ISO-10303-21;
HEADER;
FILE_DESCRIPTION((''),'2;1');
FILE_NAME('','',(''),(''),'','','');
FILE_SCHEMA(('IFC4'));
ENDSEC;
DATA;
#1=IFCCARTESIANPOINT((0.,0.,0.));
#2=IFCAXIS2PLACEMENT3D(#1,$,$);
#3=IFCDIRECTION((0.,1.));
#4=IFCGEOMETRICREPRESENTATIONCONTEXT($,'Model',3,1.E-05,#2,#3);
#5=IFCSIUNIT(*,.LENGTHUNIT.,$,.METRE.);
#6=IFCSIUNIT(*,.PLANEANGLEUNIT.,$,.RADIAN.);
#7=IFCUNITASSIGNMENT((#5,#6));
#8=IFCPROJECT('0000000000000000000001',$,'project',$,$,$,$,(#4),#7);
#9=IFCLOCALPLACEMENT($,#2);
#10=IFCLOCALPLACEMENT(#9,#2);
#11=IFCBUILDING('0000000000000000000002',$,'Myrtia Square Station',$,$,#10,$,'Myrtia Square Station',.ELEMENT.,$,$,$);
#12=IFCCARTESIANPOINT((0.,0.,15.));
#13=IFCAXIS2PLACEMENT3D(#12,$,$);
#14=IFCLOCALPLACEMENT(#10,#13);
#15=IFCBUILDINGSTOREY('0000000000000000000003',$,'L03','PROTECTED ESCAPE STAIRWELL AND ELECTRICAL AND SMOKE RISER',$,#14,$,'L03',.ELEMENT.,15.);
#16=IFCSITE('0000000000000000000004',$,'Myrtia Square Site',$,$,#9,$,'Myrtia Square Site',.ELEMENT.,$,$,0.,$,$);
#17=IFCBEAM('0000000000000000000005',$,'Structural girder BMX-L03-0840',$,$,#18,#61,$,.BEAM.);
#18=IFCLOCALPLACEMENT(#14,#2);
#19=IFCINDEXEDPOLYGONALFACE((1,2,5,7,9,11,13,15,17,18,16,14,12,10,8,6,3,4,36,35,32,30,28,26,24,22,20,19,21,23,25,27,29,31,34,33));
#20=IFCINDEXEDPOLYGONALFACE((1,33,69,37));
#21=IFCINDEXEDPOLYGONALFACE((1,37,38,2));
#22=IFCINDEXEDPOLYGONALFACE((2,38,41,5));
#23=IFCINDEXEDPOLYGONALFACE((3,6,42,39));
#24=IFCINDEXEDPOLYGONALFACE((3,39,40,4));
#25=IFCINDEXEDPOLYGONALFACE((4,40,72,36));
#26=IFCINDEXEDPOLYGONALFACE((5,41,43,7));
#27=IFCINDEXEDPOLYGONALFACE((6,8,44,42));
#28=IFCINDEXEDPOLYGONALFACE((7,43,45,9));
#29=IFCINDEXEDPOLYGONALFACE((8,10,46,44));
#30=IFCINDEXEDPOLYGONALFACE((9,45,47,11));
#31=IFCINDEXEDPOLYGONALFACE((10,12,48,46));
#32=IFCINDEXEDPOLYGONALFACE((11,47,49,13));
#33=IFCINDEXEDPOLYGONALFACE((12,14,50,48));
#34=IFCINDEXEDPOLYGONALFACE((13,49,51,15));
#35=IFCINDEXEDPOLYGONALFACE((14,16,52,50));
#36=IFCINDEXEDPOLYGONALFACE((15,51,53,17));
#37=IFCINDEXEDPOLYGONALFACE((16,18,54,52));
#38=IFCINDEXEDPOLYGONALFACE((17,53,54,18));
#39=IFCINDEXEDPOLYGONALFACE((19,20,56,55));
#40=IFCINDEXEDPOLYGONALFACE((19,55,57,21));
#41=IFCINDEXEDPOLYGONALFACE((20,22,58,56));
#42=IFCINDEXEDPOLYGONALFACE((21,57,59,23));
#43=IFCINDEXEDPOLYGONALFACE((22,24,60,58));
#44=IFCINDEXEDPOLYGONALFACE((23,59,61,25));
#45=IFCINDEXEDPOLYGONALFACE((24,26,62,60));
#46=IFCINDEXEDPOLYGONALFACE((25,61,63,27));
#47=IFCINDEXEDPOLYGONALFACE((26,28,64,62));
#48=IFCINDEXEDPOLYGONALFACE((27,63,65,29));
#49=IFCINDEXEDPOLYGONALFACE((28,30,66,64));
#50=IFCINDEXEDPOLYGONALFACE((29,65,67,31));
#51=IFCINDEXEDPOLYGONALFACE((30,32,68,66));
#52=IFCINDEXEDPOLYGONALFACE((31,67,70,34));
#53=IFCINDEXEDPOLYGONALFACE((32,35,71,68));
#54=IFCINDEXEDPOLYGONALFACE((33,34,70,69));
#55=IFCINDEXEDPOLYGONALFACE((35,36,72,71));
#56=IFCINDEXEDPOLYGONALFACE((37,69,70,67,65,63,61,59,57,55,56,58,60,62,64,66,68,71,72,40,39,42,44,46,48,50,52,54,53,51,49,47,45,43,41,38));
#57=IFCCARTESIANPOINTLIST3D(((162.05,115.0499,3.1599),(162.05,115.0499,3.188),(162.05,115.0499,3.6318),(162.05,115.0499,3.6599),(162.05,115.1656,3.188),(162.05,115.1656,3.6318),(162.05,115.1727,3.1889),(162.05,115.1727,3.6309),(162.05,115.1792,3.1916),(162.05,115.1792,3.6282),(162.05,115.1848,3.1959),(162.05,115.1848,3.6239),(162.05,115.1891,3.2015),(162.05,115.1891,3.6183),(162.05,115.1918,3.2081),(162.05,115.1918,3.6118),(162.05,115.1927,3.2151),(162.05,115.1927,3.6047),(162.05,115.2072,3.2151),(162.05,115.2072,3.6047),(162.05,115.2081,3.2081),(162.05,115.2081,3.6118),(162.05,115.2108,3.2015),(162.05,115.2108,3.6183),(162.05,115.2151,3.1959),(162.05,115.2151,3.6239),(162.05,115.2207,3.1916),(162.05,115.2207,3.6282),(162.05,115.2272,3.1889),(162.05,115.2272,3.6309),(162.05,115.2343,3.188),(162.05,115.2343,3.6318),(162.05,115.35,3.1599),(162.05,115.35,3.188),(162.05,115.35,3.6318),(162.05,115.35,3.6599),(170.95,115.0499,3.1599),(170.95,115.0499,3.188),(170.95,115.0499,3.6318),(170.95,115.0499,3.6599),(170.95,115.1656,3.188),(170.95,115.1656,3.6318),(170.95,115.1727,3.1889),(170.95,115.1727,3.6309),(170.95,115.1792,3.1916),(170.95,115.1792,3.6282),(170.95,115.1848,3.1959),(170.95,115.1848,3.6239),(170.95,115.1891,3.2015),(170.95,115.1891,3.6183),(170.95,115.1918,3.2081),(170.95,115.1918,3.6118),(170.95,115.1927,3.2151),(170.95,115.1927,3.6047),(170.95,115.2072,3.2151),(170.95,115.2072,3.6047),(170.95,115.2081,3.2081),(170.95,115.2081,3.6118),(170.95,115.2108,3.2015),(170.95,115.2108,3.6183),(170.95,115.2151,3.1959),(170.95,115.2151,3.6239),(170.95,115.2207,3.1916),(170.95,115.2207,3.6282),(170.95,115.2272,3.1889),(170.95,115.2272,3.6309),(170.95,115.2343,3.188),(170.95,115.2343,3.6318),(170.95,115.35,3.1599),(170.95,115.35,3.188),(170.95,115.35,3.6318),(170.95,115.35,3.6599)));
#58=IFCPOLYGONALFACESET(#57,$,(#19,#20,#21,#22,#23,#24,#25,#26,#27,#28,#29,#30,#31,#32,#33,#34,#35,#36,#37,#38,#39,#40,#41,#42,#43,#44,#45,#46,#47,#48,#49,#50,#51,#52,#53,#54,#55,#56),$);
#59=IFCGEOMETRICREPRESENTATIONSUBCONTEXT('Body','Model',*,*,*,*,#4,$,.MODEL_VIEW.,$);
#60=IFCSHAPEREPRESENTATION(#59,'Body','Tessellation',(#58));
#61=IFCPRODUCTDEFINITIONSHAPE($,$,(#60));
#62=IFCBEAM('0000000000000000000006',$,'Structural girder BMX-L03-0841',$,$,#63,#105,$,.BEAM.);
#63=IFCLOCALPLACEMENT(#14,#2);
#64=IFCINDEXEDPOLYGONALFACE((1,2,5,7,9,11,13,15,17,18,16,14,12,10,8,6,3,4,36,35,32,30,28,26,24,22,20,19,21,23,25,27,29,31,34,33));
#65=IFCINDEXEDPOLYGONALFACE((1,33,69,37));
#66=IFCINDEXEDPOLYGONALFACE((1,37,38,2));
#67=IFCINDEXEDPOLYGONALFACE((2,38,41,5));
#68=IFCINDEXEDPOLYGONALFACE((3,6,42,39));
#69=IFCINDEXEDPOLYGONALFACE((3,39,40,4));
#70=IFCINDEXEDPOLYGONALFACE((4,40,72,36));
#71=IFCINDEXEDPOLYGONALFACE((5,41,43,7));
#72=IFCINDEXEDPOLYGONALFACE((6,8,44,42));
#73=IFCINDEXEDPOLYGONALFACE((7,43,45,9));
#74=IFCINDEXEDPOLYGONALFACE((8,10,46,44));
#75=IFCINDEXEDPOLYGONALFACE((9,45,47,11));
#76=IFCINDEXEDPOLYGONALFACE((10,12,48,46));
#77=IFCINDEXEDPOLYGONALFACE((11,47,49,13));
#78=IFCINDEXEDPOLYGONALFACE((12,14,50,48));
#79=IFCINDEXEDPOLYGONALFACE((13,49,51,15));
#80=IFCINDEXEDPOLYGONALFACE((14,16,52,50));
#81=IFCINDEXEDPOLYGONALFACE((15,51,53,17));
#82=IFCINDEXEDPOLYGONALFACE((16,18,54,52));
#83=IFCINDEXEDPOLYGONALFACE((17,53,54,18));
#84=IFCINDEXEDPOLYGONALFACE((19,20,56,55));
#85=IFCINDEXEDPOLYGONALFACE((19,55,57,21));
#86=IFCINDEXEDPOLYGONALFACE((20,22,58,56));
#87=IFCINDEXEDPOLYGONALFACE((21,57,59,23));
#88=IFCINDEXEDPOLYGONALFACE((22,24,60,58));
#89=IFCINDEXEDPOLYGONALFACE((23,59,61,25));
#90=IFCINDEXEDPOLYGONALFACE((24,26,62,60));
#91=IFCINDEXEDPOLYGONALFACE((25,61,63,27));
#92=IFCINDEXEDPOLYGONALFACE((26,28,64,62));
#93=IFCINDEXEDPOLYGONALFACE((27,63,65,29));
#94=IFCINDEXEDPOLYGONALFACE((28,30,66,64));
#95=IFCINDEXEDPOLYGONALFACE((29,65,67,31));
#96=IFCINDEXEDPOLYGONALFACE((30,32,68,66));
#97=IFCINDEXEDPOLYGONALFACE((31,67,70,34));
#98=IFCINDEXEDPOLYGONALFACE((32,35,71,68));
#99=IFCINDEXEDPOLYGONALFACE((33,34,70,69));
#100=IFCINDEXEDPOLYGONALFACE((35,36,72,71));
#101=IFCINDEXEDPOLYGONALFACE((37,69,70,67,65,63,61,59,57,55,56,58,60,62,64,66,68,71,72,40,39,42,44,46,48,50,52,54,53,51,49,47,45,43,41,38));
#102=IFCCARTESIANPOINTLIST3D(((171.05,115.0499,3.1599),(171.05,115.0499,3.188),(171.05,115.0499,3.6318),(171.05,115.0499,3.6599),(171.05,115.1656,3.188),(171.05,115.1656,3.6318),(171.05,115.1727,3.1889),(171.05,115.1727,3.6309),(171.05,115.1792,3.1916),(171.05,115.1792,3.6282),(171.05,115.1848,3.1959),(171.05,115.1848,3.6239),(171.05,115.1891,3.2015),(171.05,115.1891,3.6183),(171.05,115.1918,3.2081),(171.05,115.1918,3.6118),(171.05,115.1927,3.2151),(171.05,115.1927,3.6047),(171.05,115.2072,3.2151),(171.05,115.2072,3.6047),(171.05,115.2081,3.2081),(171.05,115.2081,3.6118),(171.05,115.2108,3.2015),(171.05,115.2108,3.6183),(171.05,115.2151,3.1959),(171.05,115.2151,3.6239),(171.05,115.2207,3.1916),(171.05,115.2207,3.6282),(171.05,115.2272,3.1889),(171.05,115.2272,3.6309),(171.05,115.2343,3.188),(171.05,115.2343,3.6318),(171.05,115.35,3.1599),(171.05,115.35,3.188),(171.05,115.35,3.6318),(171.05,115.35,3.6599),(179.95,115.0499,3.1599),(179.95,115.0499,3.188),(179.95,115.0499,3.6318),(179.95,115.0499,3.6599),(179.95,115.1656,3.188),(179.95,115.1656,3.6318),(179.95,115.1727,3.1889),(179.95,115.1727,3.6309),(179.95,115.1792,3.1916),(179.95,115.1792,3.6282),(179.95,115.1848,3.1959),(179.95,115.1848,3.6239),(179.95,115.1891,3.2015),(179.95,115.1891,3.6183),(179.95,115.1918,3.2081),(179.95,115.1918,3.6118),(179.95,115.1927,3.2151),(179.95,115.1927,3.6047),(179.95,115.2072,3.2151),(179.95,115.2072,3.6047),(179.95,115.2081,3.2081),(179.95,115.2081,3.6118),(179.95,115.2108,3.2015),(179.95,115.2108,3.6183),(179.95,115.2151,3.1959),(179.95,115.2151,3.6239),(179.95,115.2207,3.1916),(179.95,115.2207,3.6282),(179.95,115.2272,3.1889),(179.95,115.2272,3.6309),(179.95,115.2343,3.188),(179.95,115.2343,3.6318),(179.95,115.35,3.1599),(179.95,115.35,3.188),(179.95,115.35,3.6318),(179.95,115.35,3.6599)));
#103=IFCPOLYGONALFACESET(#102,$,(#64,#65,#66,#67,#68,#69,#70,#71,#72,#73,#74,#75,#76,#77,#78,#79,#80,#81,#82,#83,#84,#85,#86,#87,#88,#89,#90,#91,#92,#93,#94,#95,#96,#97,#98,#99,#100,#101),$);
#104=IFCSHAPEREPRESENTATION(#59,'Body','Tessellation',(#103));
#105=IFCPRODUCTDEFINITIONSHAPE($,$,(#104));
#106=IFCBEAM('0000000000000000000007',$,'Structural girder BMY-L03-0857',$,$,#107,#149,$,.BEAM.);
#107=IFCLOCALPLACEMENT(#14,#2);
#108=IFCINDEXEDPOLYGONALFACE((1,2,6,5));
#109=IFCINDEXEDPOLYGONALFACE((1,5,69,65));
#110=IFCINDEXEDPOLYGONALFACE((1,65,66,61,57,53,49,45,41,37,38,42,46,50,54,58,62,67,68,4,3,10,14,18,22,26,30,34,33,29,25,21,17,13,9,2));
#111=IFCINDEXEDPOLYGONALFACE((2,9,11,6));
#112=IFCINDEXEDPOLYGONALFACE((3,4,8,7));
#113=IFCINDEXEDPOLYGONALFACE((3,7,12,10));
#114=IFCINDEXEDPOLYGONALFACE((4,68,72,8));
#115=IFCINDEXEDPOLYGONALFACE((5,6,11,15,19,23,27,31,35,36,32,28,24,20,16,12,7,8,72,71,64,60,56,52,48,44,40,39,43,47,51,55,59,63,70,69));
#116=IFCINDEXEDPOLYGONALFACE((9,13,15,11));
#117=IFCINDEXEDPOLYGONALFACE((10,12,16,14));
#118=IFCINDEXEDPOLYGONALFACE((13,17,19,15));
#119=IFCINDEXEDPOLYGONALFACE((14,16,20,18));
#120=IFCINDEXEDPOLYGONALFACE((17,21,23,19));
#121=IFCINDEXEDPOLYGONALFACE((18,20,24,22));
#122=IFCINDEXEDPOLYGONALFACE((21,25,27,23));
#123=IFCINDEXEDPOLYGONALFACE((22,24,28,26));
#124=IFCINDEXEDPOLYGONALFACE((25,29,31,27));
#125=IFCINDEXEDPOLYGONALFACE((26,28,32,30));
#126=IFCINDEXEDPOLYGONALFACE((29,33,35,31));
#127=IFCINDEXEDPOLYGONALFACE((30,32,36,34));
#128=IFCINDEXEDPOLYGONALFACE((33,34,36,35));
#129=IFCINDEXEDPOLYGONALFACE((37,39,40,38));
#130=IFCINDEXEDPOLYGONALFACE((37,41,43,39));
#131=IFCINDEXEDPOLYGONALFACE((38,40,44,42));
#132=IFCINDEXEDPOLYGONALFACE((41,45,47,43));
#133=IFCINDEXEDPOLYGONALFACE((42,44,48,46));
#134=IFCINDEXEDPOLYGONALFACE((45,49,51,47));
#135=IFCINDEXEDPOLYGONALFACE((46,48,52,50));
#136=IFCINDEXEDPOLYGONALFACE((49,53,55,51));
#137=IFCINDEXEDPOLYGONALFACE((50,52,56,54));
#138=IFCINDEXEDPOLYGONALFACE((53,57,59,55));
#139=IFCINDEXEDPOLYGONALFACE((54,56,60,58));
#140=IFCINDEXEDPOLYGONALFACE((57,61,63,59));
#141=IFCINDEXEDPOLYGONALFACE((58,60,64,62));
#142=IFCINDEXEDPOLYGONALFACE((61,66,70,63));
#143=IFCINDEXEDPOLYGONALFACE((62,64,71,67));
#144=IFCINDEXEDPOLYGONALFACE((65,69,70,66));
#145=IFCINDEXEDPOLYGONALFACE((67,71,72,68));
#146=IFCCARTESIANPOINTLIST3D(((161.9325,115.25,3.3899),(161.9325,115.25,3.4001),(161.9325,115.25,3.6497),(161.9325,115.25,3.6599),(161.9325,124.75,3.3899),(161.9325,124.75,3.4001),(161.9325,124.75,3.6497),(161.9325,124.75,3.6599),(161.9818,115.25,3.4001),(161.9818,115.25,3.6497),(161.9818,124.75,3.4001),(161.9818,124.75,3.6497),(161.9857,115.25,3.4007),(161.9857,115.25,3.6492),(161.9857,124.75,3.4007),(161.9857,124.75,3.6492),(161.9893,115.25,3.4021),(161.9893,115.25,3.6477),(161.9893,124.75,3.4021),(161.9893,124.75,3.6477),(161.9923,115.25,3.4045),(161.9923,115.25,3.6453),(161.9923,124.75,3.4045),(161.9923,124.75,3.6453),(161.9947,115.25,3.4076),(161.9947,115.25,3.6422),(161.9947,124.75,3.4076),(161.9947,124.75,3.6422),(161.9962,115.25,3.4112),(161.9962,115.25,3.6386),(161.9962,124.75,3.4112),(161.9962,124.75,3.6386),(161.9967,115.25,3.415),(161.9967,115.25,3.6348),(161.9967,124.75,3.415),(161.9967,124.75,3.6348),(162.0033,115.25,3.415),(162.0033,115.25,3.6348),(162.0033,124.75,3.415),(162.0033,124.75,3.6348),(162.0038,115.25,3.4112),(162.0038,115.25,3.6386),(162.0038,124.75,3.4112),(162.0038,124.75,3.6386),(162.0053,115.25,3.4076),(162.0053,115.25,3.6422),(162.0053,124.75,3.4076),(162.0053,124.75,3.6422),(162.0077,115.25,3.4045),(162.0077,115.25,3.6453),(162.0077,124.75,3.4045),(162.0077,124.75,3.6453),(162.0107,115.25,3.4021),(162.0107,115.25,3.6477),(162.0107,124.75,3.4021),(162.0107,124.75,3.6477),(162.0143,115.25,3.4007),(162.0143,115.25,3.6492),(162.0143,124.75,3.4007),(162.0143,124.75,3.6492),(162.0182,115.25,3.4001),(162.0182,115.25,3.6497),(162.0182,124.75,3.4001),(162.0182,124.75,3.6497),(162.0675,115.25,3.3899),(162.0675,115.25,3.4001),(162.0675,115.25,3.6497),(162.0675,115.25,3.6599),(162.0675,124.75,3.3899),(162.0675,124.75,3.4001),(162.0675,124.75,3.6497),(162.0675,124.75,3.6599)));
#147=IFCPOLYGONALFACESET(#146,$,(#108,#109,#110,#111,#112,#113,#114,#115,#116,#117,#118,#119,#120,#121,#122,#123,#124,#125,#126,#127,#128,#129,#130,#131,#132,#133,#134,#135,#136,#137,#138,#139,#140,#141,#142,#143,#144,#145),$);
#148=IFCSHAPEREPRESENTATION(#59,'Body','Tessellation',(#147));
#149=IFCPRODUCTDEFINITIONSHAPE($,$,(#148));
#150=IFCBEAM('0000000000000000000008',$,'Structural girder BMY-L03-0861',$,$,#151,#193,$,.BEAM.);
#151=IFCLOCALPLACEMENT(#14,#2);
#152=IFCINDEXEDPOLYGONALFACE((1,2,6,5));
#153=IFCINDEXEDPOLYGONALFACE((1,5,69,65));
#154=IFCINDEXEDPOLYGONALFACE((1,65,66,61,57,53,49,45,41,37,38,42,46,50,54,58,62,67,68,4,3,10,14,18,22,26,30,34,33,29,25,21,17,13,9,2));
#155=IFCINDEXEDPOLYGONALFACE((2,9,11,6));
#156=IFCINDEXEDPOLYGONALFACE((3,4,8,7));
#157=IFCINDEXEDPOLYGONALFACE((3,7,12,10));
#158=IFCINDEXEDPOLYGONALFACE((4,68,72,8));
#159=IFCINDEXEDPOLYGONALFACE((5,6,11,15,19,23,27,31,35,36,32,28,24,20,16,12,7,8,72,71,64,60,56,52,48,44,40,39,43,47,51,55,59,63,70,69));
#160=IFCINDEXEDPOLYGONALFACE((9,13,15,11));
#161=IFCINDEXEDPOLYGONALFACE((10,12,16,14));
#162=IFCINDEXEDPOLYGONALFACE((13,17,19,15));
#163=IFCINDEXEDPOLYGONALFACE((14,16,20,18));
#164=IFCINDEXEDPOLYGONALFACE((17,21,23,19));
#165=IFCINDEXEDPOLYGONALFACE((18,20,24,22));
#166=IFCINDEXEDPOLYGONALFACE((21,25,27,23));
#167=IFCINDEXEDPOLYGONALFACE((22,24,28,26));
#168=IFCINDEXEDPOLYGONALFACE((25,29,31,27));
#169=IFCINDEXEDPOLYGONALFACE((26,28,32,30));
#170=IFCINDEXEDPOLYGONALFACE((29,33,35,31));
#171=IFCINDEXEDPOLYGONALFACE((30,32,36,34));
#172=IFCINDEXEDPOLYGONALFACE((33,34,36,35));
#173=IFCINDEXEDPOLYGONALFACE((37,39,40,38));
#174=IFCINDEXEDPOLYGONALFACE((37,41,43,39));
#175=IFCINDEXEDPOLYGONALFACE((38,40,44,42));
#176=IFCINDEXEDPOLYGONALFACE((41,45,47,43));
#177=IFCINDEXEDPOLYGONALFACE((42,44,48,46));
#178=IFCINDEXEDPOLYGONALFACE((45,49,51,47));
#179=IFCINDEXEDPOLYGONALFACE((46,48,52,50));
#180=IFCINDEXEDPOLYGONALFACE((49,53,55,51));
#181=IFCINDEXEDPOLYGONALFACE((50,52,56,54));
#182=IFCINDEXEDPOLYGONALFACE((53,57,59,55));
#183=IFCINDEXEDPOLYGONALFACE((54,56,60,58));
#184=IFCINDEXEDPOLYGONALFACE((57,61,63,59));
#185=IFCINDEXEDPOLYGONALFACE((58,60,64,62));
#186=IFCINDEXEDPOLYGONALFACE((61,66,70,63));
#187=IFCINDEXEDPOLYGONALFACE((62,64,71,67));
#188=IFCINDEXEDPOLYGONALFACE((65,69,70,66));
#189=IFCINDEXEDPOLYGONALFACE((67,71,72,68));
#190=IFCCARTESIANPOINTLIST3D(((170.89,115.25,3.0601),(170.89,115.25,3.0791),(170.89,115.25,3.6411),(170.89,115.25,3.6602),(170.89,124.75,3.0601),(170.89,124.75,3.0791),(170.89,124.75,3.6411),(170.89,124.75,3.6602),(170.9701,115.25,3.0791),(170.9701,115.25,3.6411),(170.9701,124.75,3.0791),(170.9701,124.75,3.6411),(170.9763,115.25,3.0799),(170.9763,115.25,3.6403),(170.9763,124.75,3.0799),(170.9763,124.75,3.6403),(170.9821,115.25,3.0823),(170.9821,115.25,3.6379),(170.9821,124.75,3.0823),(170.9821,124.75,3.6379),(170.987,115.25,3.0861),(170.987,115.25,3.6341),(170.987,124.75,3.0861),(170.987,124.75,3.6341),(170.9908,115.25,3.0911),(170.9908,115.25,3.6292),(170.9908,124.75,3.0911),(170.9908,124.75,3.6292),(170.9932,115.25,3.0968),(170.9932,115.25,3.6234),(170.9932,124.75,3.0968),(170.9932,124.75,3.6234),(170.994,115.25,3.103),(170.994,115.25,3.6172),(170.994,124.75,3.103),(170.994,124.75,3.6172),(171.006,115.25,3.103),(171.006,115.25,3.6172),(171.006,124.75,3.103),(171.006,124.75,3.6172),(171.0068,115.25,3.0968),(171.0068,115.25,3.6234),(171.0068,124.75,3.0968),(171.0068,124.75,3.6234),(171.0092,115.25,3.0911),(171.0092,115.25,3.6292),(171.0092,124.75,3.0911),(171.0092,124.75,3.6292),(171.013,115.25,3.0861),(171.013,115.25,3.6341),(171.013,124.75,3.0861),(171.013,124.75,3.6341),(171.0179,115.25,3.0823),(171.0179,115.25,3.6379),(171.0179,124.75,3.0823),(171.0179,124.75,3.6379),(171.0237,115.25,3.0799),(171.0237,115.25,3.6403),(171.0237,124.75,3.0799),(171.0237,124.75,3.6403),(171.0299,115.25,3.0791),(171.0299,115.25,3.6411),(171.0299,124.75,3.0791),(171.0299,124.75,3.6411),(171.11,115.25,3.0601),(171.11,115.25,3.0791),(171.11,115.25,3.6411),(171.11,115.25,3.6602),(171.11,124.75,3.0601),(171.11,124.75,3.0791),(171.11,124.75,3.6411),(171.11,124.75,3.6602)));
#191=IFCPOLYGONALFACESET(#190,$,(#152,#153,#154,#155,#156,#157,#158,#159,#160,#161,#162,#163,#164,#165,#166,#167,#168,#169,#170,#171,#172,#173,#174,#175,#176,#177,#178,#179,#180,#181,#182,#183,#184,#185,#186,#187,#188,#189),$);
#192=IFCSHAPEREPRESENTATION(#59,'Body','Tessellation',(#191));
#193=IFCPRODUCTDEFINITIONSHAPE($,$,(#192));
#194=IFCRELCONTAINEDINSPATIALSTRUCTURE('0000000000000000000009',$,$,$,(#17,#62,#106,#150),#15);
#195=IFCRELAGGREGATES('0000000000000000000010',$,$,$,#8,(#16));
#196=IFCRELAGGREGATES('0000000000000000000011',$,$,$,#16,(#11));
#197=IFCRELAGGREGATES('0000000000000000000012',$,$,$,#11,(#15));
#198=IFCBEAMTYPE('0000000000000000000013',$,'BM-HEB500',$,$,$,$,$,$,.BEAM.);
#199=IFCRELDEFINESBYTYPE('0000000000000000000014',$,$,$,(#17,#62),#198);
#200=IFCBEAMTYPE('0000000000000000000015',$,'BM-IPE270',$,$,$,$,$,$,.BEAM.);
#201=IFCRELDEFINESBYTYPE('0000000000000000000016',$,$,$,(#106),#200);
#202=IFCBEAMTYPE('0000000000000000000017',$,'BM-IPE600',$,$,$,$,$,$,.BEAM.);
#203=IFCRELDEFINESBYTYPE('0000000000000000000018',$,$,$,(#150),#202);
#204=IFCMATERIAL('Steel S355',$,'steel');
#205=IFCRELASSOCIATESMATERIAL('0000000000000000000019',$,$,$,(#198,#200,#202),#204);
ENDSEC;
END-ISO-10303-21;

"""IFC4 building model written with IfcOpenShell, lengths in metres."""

from ifc_helpers import new_model, si_unit, direction, frame, origin, origin_2d, place, context, subcontext, project, spatial, i_section, extrude, material, material_profile, profile_set, type_object, element, save


model = new_model("IFC4")

# Units and contexts
model_context = context("Model", 3, precision=1e-05, world=origin(), true_north=direction((0.0, 1.0)))
body_context = subcontext(model_context, "Body", "Model", "MODEL_VIEW")
ifc_project = project(units=[si_unit("LENGTHUNIT", "METRE"), si_unit("PLANEANGLEUNIT", "RADIAN")], contexts=[model_context])

# Site, building, storey
site_placement = place(None, origin())
site = spatial("IfcSite", under=ifc_project, at=site_placement, Name="Myrtia Square Site", LongName="Myrtia Square Site", CompositionType="ELEMENT", RefElevation=0.0)
building_placement = place(site_placement, origin())
building = spatial("IfcBuilding", under=site, at=building_placement, Name="Myrtia Square Station", LongName="Myrtia Square Station", CompositionType="ELEMENT")
storey_placement = place(building_placement, frame((0.0, 0.0, 15.0)))
storey = spatial("IfcBuildingStorey", under=building, at=storey_placement, Name="L03", Description="PROTECTED ESCAPE STAIRWELL AND ELECTRICAL AND SMOKE RISER", LongName="L03", CompositionType="ELEMENT", Elevation=15.0)

# Shared definitions
ifc_material_1 = material(Name="Steel S355", Category="steel")

# Beams
ifc_material_profile_1 = material_profile(ifc_material_1, i_section(OverallWidth=0.3, OverallDepth=0.5, WebThickness=0.0144, FlangeThickness=0.0281, FilletRadius=0.0271, at=origin_2d()), Name="HEB 500")
ifc_profile_set_1 = profile_set([ifc_material_profile_1], Name="Steel S355")
beam_type_1 = type_object("IfcBeamType", Name="BM-HEB500", PredefinedType="BEAM", material=ifc_profile_set_1)
for number, where, z_axis, x_axis, name in (
    (1, (162.05, 115.2, 3.4099), (1.0, 0.0, 0.0), (0.0, 1.0, 0.0), "Structural girder BMX-L03-0840"),
    (2, (171.05, 115.2, 3.4099), (1.0, 0.0, 0.0), (0.0, 1.0, 0.0), "Structural girder BMX-L03-0841"),
):
    element("IfcBeam", number, at=place(storey_placement, frame(where, z_axis=z_axis, x_axis=x_axis)), inside=storey, type_object=beam_type_1, Name=name, PredefinedType="BEAM", context=body_context, shape_type="SweptSolid", body=[
        extrude(i_section(OverallWidth=0.3, OverallDepth=0.5, WebThickness=0.0144, FlangeThickness=0.0281, FilletRadius=0.0271, at=origin_2d()), origin(), (0.0, 0.0, 1.0), 8.8999),
    ])
ifc_material_profile_2 = material_profile(ifc_material_1, i_section(OverallWidth=0.135, OverallDepth=0.27, WebThickness=0.0066, FlangeThickness=0.0103, FilletRadius=0.0149, at=origin_2d()), Name="IPE 270")
ifc_profile_set_2 = profile_set([ifc_material_profile_2], Name="Steel S355")
beam_type_2 = type_object("IfcBeamType", Name="BM-IPE270", PredefinedType="BEAM", material=ifc_profile_set_2)
beam_1_placement = place(storey_placement, frame((162.0, 115.25, 3.5249), z_axis=(0.0, 1.0, 0.0), x_axis=(-1.0, 0.0, 0.0)))
element("IfcBeam", 3, at=beam_1_placement, inside=storey, type_object=beam_type_2, Name="Structural girder BMY-L03-0857", PredefinedType="BEAM", context=body_context, shape_type="SweptSolid", body=[
    extrude(i_section(OverallWidth=0.135, OverallDepth=0.27, WebThickness=0.0066, FlangeThickness=0.0103, FilletRadius=0.0149, at=origin_2d()), origin(), (0.0, 0.0, 1.0), 9.5),
])
ifc_material_profile_3 = material_profile(ifc_material_1, i_section(OverallWidth=0.22, OverallDepth=0.6001, WebThickness=0.012, FlangeThickness=0.019, FilletRadius=0.0239, at=origin_2d()), Name="IPE 600")
ifc_profile_set_3 = profile_set([ifc_material_profile_3], Name="Steel S355")
beam_type_3 = type_object("IfcBeamType", Name="BM-IPE600", PredefinedType="BEAM", material=ifc_profile_set_3)
beam_2_placement = place(storey_placement, frame((171.0, 115.25, 3.3601), z_axis=(0.0, 1.0, 0.0), x_axis=(-1.0, 0.0, 0.0)))
element("IfcBeam", 4, at=beam_2_placement, inside=storey, type_object=beam_type_3, Name="Structural girder BMY-L03-0861", PredefinedType="BEAM", context=body_context, shape_type="SweptSolid", body=[
    extrude(i_section(OverallWidth=0.22, OverallDepth=0.6001, WebThickness=0.012, FlangeThickness=0.019, FilletRadius=0.0239, at=origin_2d()), origin(), (0.0, 0.0, 1.0), 9.5),
])

save(model, "model.ifc")
